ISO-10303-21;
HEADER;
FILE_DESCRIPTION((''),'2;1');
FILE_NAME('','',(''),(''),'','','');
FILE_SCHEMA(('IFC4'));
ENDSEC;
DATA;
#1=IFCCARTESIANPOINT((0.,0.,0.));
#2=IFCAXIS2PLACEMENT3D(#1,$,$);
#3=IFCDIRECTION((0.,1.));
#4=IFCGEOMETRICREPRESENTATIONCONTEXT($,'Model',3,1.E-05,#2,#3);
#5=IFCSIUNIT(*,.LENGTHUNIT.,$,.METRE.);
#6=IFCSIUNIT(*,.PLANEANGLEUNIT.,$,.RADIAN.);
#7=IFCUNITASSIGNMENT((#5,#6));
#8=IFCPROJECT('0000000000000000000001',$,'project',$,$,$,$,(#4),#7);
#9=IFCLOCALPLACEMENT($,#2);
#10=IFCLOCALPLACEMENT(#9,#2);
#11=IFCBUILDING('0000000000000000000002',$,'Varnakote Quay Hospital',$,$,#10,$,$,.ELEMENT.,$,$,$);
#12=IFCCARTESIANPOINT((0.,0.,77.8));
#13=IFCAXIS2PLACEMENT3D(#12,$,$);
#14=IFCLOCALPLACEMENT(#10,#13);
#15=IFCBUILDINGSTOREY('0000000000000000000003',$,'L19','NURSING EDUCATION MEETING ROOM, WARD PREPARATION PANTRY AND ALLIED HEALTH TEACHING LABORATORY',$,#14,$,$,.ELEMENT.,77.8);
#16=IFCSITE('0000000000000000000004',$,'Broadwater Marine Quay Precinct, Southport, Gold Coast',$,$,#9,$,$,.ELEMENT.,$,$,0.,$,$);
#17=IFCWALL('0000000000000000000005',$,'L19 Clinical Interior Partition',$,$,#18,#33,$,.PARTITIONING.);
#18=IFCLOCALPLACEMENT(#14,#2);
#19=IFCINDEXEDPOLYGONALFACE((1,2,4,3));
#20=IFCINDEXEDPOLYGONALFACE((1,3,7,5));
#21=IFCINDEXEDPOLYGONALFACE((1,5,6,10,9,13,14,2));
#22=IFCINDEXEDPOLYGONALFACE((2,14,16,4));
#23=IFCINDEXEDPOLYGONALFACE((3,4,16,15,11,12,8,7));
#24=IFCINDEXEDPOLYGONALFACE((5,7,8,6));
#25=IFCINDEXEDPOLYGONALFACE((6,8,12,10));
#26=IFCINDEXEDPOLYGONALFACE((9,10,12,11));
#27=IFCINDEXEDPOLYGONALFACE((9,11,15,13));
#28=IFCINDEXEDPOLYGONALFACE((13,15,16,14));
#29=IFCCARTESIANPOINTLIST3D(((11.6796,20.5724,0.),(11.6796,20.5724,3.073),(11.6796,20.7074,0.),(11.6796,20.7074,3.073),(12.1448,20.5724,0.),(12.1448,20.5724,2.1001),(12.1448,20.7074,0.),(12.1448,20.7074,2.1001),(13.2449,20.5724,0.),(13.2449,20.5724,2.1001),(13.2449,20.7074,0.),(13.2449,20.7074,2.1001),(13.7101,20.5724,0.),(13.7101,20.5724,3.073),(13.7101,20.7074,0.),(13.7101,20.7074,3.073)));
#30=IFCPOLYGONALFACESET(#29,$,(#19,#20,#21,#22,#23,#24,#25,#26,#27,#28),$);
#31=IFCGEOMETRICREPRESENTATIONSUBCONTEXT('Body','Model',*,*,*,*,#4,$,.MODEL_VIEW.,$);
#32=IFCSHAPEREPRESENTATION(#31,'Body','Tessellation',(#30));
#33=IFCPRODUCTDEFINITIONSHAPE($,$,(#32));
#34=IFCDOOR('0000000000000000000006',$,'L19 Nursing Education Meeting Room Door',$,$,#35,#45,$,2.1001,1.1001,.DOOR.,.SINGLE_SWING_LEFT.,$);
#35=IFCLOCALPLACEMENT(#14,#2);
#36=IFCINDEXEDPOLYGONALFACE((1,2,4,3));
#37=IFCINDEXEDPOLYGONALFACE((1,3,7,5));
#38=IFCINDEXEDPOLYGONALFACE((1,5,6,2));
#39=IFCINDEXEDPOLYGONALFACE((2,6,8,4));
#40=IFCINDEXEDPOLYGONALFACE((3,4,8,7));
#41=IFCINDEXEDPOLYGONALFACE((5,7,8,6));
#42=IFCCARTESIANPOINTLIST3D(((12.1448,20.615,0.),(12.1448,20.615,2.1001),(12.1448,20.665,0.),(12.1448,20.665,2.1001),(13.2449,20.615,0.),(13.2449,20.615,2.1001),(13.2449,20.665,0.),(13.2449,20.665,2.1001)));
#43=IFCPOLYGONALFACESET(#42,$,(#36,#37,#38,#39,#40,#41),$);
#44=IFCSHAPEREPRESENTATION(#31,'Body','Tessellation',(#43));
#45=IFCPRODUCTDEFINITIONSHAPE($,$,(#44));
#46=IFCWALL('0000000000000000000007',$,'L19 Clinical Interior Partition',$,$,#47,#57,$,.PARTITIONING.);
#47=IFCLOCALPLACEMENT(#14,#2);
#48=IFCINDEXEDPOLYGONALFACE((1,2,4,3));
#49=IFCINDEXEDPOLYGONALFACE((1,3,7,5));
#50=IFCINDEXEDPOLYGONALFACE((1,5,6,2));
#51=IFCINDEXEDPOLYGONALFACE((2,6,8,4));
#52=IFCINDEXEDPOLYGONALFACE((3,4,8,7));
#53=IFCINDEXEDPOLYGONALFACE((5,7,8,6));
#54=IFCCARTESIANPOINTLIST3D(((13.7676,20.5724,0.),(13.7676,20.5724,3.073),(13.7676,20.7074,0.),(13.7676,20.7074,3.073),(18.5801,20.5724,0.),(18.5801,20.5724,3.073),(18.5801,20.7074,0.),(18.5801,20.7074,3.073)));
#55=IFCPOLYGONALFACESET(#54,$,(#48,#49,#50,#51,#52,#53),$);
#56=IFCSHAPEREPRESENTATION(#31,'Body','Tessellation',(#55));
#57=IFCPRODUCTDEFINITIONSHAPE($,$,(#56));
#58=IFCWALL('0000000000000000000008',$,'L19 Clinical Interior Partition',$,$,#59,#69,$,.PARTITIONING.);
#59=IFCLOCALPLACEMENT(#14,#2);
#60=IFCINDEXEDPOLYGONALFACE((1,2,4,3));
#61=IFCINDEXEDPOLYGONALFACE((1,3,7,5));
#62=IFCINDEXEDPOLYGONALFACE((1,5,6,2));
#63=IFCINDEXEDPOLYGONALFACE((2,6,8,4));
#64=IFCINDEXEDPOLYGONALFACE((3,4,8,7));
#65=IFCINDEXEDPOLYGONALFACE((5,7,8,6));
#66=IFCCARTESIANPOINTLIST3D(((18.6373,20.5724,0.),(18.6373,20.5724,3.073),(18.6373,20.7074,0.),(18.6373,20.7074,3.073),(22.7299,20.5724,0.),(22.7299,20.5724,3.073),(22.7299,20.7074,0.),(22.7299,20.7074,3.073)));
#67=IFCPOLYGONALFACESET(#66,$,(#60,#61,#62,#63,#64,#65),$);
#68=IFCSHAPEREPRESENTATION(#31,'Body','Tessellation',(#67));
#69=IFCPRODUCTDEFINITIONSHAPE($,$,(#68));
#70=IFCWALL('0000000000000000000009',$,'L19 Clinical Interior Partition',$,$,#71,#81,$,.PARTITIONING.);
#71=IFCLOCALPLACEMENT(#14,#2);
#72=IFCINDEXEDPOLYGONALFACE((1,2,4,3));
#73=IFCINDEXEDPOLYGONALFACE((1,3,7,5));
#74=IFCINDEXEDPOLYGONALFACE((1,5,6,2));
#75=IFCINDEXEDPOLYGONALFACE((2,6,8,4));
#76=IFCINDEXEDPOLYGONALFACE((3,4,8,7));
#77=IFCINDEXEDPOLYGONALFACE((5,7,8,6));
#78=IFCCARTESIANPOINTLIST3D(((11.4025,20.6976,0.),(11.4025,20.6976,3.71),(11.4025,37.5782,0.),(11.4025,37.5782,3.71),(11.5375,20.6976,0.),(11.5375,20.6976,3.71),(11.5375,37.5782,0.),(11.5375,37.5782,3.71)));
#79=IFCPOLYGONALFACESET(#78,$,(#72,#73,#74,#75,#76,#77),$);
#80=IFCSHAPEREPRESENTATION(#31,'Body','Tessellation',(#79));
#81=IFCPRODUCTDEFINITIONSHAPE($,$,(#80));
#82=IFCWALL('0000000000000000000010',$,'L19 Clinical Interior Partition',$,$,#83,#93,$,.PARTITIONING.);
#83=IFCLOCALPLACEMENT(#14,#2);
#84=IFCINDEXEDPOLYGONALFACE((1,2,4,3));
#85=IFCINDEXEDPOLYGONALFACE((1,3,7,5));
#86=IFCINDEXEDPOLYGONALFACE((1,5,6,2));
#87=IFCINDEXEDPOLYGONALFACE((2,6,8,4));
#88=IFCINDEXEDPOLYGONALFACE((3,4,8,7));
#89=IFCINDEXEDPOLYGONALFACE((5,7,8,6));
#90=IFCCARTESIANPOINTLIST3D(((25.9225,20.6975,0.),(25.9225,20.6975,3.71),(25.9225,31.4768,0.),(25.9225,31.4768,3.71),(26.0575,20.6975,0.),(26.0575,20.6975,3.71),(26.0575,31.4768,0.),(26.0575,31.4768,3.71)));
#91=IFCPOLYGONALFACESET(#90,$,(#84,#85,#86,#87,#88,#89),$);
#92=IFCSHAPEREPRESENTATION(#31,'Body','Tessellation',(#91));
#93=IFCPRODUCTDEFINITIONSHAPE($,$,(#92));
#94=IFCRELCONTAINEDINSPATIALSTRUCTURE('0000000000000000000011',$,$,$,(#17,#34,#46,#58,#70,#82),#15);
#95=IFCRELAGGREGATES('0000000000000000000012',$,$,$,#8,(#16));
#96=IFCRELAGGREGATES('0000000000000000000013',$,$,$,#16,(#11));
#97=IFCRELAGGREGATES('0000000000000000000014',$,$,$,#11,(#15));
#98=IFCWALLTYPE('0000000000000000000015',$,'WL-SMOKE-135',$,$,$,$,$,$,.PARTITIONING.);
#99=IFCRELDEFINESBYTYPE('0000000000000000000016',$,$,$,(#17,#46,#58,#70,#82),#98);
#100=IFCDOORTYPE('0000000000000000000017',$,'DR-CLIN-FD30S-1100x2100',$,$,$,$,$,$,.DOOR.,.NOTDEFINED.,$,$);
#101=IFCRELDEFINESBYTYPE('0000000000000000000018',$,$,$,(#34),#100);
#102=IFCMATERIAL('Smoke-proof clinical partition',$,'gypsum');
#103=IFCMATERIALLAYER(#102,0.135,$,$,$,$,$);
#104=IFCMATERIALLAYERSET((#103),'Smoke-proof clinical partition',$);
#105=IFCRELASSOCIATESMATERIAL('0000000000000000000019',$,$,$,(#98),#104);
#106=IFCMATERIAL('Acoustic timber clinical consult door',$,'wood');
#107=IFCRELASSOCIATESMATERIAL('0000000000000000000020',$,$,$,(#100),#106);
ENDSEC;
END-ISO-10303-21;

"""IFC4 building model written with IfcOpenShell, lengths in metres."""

from ifc_helpers import new_model, si_unit, direction, frame, frame_2d, origin, place, context, subcontext, project, spatial, rectangle, extrude, material, layer, layer_set, type_object, element, fill, save


model = new_model("IFC4")

# Units and contexts
model_context = context("Model", 3, precision=1e-05, world=origin(), true_north=direction((0.0, 1.0)))
body_context = subcontext(model_context, "Body", "Model", "MODEL_VIEW")
ifc_project = project(units=[si_unit("LENGTHUNIT", "METRE"), si_unit("PLANEANGLEUNIT", "RADIAN")], contexts=[model_context])

# Site, building, storey
site_placement = place(None, origin())
site = spatial("IfcSite", under=ifc_project, at=site_placement, Name="Broadwater Marine Quay Precinct, Southport, Gold Coast", CompositionType="ELEMENT", RefElevation=0.0)
building_placement = place(site_placement, origin())
building = spatial("IfcBuilding", under=site, at=building_placement, Name="Varnakote Quay Hospital", CompositionType="ELEMENT")
storey_placement = place(building_placement, frame((0.0, 0.0, 77.8)))
storey = spatial("IfcBuildingStorey", under=building, at=storey_placement, Name="L19", Description="NURSING EDUCATION MEETING ROOM, WARD PREPARATION PANTRY AND ALLIED HEALTH TEACHING LABORATORY", CompositionType="ELEMENT", Elevation=77.8)

# Shared definitions
ifc_material_1 = material(Name="Smoke-proof clinical partition", Category="gypsum")
ifc_layer_1 = layer(ifc_material_1, 0.135)
ifc_layer_set_1 = layer_set([ifc_layer_1], Name="Smoke-proof clinical partition")
wall_type_1 = type_object("IfcWallType", Name="WL-SMOKE-135", PredefinedType="PARTITIONING", material=ifc_layer_set_1)

# Wall, opening, door
ifc_material_2 = material(Name="Acoustic timber clinical consult door", Category="wood")
door_type = type_object("IfcDoorType", Name="DR-CLIN-FD30S-1100x2100", OperationType="NOTDEFINED", PredefinedType="DOOR", material=ifc_material_2)
wall_1_placement = place(storey_placement, frame((13.71, 20.6399, 0.0), z_axis=(0.0, 0.0, 1.0), x_axis=(-1.0, 0.0, 0.0)))
wall_1 = element("IfcWall", 1, at=wall_1_placement, inside=storey, type_object=wall_type_1, Name="L19 Clinical Interior Partition", PredefinedType="PARTITIONING", context=body_context, shape_type="SweptSolid", body=[
    extrude(rectangle(XDim=2.0305, YDim=0.135, at=frame_2d((1.0151, 0.0))), origin(), (0.0, 0.0, 1.0), 3.073),
])
opening_1_placement = place(wall_1_placement, frame((0.4651, 0.0, 0.0)))
opening_1 = element("IfcOpeningElement", 2, at=opening_1_placement, cuts=wall_1, PredefinedType="OPENING", context=body_context, shape_type="SweptSolid", body=[
    extrude(rectangle(XDim=1.1001, YDim=2.1001, at=frame_2d((0.55, 1.05))), frame((0.0, 0.0774, 0.0), z_axis=(0.0, -1.0, 0.0), x_axis=(1.0, 0.0, 0.0)), (0.0, 0.0, 1.0), 0.155),
])
door_1_placement = place(opening_1_placement, origin())
door_1 = element("IfcDoor", 3, at=door_1_placement, inside=storey, type_object=door_type, Name="L19 Nursing Education Meeting Room Door", OperationType="SINGLE_SWING_LEFT", OverallHeight=2.1001, OverallWidth=1.1001, PredefinedType="DOOR", context=body_context, shape_type="SweptSolid", body=[
    extrude(rectangle(XDim=1.1001, YDim=2.1001, at=frame_2d((0.55, 1.05))), frame((0.0, 0.0249, 0.0), z_axis=(0.0, -1.0, 0.0), x_axis=(1.0, 0.0, 0.0)), (0.0, 0.0, 1.0), 0.05),
])
fill(opening_1, door_1)

# Walls
wall_2_placement = place(storey_placement, frame((18.5801, 20.6399, 0.0), z_axis=(0.0, 0.0, 1.0), x_axis=(-1.0, 0.0, 0.0)))
element("IfcWall", 4, at=wall_2_placement, inside=storey, type_object=wall_type_1, Name="L19 Clinical Interior Partition", PredefinedType="PARTITIONING", context=body_context, shape_type="SweptSolid", body=[
    extrude(rectangle(XDim=4.8125, YDim=0.135, at=frame_2d((2.4062, 0.0))), origin(), (0.0, 0.0, 1.0), 3.073),
])
wall_3_placement = place(storey_placement, frame((22.73, 20.6399, 0.0), z_axis=(0.0, 0.0, 1.0), x_axis=(-1.0, 0.0, 0.0)))
element("IfcWall", 5, at=wall_3_placement, inside=storey, type_object=wall_type_1, Name="L19 Clinical Interior Partition", PredefinedType="PARTITIONING", context=body_context, shape_type="SweptSolid", body=[
    extrude(rectangle(XDim=4.0925, YDim=0.135, at=frame_2d((2.0464, 0.0))), origin(), (0.0, 0.0, 1.0), 3.073),
])
wall_4_placement = place(storey_placement, frame((11.47, 20.6975, 0.0), z_axis=(0.0, 0.0, 1.0), x_axis=(0.0, 1.0, 0.0)))
element("IfcWall", 6, at=wall_4_placement, inside=storey, type_object=wall_type_1, Name="L19 Clinical Interior Partition", PredefinedType="PARTITIONING", context=body_context, shape_type="SweptSolid", body=[
    extrude(rectangle(XDim=16.8806, YDim=0.135, at=frame_2d((8.4404, 0.0))), origin(), (0.0, 0.0, 1.0), 3.71),
])
wall_5_placement = place(storey_placement, frame((25.99, 20.6975, 0.0), z_axis=(0.0, 0.0, 1.0), x_axis=(0.0, 1.0, 0.0)))
element("IfcWall", 7, at=wall_5_placement, inside=storey, type_object=wall_type_1, Name="L19 Clinical Interior Partition", PredefinedType="PARTITIONING", context=body_context, shape_type="SweptSolid", body=[
    extrude(rectangle(XDim=10.7793, YDim=0.135, at=frame_2d((5.3896, 0.0))), origin(), (0.0, 0.0, 1.0), 3.71),
])

save(model, "model.ifc")
